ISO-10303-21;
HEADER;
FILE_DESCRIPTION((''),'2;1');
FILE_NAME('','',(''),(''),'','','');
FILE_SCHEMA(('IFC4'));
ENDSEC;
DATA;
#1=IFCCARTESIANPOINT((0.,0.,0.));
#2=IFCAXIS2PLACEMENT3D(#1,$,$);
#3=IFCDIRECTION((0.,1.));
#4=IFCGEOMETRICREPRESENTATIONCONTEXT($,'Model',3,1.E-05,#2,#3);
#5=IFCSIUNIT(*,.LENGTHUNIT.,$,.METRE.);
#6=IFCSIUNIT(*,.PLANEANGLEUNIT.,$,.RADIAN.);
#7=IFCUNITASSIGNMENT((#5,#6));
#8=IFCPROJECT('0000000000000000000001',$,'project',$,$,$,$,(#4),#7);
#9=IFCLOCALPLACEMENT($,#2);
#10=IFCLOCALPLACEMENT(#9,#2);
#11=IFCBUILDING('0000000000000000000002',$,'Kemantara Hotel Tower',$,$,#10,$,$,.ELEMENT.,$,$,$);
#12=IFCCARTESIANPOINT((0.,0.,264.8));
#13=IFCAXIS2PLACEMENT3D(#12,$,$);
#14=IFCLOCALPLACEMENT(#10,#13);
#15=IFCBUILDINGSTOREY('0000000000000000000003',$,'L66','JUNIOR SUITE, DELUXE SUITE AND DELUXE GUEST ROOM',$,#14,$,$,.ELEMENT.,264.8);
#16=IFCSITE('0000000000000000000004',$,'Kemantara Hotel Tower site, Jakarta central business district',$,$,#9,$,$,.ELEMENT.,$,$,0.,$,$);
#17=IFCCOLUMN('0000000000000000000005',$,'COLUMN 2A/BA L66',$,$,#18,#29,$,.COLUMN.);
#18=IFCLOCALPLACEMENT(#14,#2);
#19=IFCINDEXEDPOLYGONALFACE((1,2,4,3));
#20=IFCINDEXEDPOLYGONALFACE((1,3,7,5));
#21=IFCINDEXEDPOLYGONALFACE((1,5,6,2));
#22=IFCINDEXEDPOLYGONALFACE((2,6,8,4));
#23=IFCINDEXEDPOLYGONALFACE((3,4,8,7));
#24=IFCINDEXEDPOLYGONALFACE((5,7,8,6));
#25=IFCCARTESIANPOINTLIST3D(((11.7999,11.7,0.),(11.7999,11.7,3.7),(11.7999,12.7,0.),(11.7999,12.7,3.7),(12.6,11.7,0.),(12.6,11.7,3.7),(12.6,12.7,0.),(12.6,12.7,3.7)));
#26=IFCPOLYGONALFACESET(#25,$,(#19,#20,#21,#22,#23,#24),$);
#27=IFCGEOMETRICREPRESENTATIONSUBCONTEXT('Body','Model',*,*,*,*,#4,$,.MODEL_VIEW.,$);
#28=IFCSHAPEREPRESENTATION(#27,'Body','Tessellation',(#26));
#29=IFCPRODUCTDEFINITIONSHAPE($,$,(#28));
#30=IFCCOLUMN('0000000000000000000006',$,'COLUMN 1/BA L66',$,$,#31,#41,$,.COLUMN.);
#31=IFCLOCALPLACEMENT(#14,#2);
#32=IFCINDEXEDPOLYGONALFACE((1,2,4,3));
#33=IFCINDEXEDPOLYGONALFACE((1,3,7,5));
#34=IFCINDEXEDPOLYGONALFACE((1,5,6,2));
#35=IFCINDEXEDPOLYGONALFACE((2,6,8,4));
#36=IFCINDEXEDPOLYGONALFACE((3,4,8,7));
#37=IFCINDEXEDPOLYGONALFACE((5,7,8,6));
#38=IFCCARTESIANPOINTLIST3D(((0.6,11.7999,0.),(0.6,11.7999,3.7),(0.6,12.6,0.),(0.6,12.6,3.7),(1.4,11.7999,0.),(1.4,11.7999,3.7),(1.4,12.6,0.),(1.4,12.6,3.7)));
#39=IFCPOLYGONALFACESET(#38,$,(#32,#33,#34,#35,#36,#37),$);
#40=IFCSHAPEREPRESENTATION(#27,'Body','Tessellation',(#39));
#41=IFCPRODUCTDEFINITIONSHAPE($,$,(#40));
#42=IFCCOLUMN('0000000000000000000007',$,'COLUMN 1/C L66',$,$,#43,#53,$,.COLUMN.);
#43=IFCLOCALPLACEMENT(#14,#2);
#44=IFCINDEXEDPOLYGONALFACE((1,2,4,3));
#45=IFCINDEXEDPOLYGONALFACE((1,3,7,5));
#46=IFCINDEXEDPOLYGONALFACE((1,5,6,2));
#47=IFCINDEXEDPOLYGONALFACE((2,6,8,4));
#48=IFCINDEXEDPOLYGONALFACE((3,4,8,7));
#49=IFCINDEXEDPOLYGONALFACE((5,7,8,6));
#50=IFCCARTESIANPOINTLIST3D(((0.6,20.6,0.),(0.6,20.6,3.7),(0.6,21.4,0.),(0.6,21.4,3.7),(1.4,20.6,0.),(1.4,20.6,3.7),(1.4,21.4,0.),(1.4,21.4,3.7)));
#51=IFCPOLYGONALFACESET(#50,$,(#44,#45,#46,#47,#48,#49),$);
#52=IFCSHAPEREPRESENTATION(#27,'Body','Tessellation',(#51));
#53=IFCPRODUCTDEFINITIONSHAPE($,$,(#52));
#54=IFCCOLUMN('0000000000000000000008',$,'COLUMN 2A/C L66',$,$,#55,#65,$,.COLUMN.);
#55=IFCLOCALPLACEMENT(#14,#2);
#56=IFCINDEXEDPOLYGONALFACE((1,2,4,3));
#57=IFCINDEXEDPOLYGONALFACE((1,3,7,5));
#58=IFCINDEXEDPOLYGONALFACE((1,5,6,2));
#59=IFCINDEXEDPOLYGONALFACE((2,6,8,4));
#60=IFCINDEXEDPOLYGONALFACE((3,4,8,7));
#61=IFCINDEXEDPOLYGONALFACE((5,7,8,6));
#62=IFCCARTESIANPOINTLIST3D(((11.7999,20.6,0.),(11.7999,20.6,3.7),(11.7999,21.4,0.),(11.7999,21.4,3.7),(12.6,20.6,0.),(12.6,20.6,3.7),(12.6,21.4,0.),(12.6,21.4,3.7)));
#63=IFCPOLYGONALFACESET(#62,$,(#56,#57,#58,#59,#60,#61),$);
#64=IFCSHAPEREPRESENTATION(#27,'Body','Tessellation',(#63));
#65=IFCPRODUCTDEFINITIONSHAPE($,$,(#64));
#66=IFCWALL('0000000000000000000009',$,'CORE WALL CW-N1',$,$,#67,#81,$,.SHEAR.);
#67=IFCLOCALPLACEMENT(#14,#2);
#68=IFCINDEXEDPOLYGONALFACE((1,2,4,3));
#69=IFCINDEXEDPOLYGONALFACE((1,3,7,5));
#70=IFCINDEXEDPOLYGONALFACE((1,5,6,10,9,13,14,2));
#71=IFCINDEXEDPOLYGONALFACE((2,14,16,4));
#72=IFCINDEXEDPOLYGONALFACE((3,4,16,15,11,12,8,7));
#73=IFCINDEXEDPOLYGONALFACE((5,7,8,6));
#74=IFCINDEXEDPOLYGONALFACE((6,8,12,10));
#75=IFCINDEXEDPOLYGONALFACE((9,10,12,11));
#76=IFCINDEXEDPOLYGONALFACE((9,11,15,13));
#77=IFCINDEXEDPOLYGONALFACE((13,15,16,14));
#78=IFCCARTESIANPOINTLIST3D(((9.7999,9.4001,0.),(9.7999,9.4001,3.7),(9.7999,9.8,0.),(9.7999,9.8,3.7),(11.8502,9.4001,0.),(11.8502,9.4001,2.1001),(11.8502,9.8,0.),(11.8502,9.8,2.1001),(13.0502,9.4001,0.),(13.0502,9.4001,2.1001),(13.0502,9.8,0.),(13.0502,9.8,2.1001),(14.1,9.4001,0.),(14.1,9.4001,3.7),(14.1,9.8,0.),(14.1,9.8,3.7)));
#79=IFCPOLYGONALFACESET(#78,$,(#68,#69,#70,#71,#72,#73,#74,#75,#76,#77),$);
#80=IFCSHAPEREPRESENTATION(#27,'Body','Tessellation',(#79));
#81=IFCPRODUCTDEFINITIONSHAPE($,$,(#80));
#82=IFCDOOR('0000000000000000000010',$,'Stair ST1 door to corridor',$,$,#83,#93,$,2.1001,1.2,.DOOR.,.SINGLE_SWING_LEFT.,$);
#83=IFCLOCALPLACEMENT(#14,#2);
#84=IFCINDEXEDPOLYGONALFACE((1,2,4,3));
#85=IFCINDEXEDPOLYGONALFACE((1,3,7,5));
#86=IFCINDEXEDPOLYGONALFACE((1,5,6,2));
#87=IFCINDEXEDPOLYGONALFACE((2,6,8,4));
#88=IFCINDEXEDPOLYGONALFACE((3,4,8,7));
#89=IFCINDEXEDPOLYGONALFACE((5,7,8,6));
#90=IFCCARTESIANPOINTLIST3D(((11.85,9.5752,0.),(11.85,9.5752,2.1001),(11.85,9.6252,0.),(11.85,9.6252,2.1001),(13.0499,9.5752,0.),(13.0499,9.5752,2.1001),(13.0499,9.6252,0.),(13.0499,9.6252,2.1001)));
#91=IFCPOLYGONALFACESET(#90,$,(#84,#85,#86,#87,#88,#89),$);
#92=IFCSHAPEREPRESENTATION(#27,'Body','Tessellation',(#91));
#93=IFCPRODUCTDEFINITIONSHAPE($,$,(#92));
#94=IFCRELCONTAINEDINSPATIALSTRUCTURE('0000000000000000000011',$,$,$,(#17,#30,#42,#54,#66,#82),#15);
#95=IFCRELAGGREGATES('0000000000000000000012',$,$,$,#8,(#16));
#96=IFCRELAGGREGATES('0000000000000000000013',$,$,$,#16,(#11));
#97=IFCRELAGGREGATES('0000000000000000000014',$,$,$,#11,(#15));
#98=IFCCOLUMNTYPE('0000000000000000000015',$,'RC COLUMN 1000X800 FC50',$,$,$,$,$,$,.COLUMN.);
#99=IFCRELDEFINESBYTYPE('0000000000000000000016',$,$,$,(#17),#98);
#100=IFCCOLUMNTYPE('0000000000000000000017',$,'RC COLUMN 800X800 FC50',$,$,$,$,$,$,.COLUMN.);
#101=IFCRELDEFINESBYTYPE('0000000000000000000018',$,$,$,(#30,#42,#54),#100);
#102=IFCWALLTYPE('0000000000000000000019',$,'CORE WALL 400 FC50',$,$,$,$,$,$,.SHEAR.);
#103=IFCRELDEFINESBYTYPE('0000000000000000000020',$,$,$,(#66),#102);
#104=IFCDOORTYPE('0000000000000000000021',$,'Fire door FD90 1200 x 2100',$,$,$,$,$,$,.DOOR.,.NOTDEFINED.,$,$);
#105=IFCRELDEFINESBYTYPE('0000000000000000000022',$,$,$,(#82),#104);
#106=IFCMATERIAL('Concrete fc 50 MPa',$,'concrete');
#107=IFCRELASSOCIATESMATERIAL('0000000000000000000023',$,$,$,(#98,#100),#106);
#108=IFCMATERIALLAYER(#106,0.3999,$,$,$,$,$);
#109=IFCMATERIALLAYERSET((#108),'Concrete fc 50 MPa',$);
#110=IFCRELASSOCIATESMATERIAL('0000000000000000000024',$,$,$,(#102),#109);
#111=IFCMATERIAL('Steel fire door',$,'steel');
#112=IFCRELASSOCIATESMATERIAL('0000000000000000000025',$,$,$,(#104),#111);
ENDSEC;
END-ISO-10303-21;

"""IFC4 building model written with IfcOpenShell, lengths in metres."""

from ifc_helpers import new_model, si_unit, direction, frame, frame_2d, origin, origin_2d, place, context, subcontext, project, spatial, rectangle, extrude, material, layer, layer_set, material_profile, profile_set, type_object, element, fill, save


model = new_model("IFC4")

# Units and contexts
model_context = context("Model", 3, precision=1e-05, world=origin(), true_north=direction((0.0, 1.0)))
body_context = subcontext(model_context, "Body", "Model", "MODEL_VIEW")
ifc_project = project(units=[si_unit("LENGTHUNIT", "METRE"), si_unit("PLANEANGLEUNIT", "RADIAN")], contexts=[model_context])

# Site, building, storey
site_placement = place(None, origin())
site = spatial("IfcSite", under=ifc_project, at=site_placement, Name="Kemantara Hotel Tower site, Jakarta central business district", CompositionType="ELEMENT", RefElevation=0.0)
building_placement = place(site_placement, origin())
building = spatial("IfcBuilding", under=site, at=building_placement, Name="Kemantara Hotel Tower", CompositionType="ELEMENT")
storey_placement = place(building_placement, frame((0.0, 0.0, 264.8)))
storey = spatial("IfcBuildingStorey", under=building, at=storey_placement, Name="L66", Description="JUNIOR SUITE, DELUXE SUITE AND DELUXE GUEST ROOM", CompositionType="ELEMENT", Elevation=264.8)

# Columns
ifc_material_1 = material(Name="Concrete fc 50 MPa", Category="concrete")
ifc_material_profile_1 = material_profile(ifc_material_1, rectangle(XDim=1.0, YDim=0.8, at=origin_2d()), Name="RC 1000X800")
ifc_profile_set_1 = profile_set([ifc_material_profile_1], Name="Concrete fc 50 MPa")
column_type_1 = type_object("IfcColumnType", Name="RC COLUMN 1000X800 FC50", PredefinedType="COLUMN", material=ifc_profile_set_1)
column_placement = place(storey_placement, frame((12.2, 12.2, 0.0), z_axis=(0.0, 0.0, 1.0), x_axis=(0.0, 1.0, 0.0)))
element("IfcColumn", 1, at=column_placement, inside=storey, type_object=column_type_1, Name="COLUMN 2A/BA L66", PredefinedType="COLUMN", context=body_context, shape_type="SweptSolid", body=[
    extrude(rectangle(XDim=1.0, YDim=0.8, at=origin_2d()), origin(), (0.0, 0.0, 1.0), 3.7),
])
ifc_material_profile_2 = material_profile(ifc_material_1, rectangle(XDim=0.8, YDim=0.8, at=origin_2d()), Name="RC 800X800")
ifc_profile_set_2 = profile_set([ifc_material_profile_2], Name="Concrete fc 50 MPa")
column_type_2 = type_object("IfcColumnType", Name="RC COLUMN 800X800 FC50", PredefinedType="COLUMN", material=ifc_profile_set_2)
for number, where, z_axis, x_axis, name in (
    (2, (1.0, 12.2, 0.0), (0.0, 0.0, 1.0), (1.0, 0.0, 0.0), "COLUMN 1/BA L66"),
    (3, (1.0, 21.0, 0.0), (0.0, 0.0, 1.0), (1.0, 0.0, 0.0), "COLUMN 1/C L66"),
    (4, (12.2, 21.0, 0.0), (0.0, 0.0, 1.0), (1.0, 0.0, 0.0), "COLUMN 2A/C L66"),
):
    element("IfcColumn", number, at=place(storey_placement, frame(where, z_axis=z_axis, x_axis=x_axis)), inside=storey, type_object=column_type_2, Name=name, PredefinedType="COLUMN", context=body_context, shape_type="SweptSolid", body=[
        extrude(rectangle(XDim=0.8, YDim=0.8, at=origin_2d()), origin(), (0.0, 0.0, 1.0), 3.7),
    ])

# Wall, opening, door
ifc_layer_1 = layer(ifc_material_1, 0.3999)
ifc_layer_set_1 = layer_set([ifc_layer_1], Name="Concrete fc 50 MPa")
wall_type_1 = type_object("IfcWallType", Name="CORE WALL 400 FC50", PredefinedType="SHEAR", material=ifc_layer_set_1)
wall_1_placement = place(storey_placement, frame((9.8, 9.6001, 0.0), z_axis=(0.0, 0.0, 1.0), x_axis=(1.0, 0.0, 0.0)))
wall_1 = element("IfcWall", 5, at=wall_1_placement, inside=storey, type_object=wall_type_1, Name="CORE WALL CW-N1", PredefinedType="SHEAR", context=body_context, shape_type="SweptSolid", body=[
    extrude(rectangle(XDim=4.3, YDim=0.3999, at=frame_2d((2.1499, 0.0))), origin(), (0.0, 0.0, 1.0), 3.7),
])
opening_1_placement = place(wall_1_placement, frame((2.05, 0.0, 0.0)))
opening_1 = element("IfcOpeningElement", 6, at=opening_1_placement, cuts=wall_1, PredefinedType="OPENING", context=body_context, shape_type="SweptSolid", body=[
    extrude(rectangle(XDim=1.2, YDim=2.1001, at=frame_2d((0.6001, 1.05))), frame((0.0, 0.21, 0.0), z_axis=(0.0, -1.0, 0.0), x_axis=(1.0, 0.0, 0.0)), (0.0, 0.0, 1.0), 0.4199),
])
ifc_material_2 = material(Name="Steel fire door", Category="steel")
door_type_1 = type_object("IfcDoorType", Name="Fire door FD90 1200 x 2100", OperationType="NOTDEFINED", PredefinedType="DOOR", material=ifc_material_2)
door_1_placement = place(opening_1_placement, frame((1.2, 0.0, 0.0), z_axis=(0.0, 0.0, 1.0), x_axis=(-1.0, 0.0, 0.0)))
door_1 = element("IfcDoor", 7, at=door_1_placement, inside=storey, type_object=door_type_1, Name="Stair ST1 door to corridor", OperationType="SINGLE_SWING_LEFT", OverallHeight=2.1001, OverallWidth=1.2, PredefinedType="DOOR", context=body_context, shape_type="SweptSolid", body=[
    extrude(rectangle(XDim=1.2, YDim=2.1001, at=frame_2d((0.6001, 1.05))), frame((0.0, 0.0249, 0.0), z_axis=(0.0, -1.0, 0.0), x_axis=(1.0, 0.0, 0.0)), (0.0, 0.0, 1.0), 0.05),
])
fill(opening_1, door_1)

save(model, "model.ifc")
